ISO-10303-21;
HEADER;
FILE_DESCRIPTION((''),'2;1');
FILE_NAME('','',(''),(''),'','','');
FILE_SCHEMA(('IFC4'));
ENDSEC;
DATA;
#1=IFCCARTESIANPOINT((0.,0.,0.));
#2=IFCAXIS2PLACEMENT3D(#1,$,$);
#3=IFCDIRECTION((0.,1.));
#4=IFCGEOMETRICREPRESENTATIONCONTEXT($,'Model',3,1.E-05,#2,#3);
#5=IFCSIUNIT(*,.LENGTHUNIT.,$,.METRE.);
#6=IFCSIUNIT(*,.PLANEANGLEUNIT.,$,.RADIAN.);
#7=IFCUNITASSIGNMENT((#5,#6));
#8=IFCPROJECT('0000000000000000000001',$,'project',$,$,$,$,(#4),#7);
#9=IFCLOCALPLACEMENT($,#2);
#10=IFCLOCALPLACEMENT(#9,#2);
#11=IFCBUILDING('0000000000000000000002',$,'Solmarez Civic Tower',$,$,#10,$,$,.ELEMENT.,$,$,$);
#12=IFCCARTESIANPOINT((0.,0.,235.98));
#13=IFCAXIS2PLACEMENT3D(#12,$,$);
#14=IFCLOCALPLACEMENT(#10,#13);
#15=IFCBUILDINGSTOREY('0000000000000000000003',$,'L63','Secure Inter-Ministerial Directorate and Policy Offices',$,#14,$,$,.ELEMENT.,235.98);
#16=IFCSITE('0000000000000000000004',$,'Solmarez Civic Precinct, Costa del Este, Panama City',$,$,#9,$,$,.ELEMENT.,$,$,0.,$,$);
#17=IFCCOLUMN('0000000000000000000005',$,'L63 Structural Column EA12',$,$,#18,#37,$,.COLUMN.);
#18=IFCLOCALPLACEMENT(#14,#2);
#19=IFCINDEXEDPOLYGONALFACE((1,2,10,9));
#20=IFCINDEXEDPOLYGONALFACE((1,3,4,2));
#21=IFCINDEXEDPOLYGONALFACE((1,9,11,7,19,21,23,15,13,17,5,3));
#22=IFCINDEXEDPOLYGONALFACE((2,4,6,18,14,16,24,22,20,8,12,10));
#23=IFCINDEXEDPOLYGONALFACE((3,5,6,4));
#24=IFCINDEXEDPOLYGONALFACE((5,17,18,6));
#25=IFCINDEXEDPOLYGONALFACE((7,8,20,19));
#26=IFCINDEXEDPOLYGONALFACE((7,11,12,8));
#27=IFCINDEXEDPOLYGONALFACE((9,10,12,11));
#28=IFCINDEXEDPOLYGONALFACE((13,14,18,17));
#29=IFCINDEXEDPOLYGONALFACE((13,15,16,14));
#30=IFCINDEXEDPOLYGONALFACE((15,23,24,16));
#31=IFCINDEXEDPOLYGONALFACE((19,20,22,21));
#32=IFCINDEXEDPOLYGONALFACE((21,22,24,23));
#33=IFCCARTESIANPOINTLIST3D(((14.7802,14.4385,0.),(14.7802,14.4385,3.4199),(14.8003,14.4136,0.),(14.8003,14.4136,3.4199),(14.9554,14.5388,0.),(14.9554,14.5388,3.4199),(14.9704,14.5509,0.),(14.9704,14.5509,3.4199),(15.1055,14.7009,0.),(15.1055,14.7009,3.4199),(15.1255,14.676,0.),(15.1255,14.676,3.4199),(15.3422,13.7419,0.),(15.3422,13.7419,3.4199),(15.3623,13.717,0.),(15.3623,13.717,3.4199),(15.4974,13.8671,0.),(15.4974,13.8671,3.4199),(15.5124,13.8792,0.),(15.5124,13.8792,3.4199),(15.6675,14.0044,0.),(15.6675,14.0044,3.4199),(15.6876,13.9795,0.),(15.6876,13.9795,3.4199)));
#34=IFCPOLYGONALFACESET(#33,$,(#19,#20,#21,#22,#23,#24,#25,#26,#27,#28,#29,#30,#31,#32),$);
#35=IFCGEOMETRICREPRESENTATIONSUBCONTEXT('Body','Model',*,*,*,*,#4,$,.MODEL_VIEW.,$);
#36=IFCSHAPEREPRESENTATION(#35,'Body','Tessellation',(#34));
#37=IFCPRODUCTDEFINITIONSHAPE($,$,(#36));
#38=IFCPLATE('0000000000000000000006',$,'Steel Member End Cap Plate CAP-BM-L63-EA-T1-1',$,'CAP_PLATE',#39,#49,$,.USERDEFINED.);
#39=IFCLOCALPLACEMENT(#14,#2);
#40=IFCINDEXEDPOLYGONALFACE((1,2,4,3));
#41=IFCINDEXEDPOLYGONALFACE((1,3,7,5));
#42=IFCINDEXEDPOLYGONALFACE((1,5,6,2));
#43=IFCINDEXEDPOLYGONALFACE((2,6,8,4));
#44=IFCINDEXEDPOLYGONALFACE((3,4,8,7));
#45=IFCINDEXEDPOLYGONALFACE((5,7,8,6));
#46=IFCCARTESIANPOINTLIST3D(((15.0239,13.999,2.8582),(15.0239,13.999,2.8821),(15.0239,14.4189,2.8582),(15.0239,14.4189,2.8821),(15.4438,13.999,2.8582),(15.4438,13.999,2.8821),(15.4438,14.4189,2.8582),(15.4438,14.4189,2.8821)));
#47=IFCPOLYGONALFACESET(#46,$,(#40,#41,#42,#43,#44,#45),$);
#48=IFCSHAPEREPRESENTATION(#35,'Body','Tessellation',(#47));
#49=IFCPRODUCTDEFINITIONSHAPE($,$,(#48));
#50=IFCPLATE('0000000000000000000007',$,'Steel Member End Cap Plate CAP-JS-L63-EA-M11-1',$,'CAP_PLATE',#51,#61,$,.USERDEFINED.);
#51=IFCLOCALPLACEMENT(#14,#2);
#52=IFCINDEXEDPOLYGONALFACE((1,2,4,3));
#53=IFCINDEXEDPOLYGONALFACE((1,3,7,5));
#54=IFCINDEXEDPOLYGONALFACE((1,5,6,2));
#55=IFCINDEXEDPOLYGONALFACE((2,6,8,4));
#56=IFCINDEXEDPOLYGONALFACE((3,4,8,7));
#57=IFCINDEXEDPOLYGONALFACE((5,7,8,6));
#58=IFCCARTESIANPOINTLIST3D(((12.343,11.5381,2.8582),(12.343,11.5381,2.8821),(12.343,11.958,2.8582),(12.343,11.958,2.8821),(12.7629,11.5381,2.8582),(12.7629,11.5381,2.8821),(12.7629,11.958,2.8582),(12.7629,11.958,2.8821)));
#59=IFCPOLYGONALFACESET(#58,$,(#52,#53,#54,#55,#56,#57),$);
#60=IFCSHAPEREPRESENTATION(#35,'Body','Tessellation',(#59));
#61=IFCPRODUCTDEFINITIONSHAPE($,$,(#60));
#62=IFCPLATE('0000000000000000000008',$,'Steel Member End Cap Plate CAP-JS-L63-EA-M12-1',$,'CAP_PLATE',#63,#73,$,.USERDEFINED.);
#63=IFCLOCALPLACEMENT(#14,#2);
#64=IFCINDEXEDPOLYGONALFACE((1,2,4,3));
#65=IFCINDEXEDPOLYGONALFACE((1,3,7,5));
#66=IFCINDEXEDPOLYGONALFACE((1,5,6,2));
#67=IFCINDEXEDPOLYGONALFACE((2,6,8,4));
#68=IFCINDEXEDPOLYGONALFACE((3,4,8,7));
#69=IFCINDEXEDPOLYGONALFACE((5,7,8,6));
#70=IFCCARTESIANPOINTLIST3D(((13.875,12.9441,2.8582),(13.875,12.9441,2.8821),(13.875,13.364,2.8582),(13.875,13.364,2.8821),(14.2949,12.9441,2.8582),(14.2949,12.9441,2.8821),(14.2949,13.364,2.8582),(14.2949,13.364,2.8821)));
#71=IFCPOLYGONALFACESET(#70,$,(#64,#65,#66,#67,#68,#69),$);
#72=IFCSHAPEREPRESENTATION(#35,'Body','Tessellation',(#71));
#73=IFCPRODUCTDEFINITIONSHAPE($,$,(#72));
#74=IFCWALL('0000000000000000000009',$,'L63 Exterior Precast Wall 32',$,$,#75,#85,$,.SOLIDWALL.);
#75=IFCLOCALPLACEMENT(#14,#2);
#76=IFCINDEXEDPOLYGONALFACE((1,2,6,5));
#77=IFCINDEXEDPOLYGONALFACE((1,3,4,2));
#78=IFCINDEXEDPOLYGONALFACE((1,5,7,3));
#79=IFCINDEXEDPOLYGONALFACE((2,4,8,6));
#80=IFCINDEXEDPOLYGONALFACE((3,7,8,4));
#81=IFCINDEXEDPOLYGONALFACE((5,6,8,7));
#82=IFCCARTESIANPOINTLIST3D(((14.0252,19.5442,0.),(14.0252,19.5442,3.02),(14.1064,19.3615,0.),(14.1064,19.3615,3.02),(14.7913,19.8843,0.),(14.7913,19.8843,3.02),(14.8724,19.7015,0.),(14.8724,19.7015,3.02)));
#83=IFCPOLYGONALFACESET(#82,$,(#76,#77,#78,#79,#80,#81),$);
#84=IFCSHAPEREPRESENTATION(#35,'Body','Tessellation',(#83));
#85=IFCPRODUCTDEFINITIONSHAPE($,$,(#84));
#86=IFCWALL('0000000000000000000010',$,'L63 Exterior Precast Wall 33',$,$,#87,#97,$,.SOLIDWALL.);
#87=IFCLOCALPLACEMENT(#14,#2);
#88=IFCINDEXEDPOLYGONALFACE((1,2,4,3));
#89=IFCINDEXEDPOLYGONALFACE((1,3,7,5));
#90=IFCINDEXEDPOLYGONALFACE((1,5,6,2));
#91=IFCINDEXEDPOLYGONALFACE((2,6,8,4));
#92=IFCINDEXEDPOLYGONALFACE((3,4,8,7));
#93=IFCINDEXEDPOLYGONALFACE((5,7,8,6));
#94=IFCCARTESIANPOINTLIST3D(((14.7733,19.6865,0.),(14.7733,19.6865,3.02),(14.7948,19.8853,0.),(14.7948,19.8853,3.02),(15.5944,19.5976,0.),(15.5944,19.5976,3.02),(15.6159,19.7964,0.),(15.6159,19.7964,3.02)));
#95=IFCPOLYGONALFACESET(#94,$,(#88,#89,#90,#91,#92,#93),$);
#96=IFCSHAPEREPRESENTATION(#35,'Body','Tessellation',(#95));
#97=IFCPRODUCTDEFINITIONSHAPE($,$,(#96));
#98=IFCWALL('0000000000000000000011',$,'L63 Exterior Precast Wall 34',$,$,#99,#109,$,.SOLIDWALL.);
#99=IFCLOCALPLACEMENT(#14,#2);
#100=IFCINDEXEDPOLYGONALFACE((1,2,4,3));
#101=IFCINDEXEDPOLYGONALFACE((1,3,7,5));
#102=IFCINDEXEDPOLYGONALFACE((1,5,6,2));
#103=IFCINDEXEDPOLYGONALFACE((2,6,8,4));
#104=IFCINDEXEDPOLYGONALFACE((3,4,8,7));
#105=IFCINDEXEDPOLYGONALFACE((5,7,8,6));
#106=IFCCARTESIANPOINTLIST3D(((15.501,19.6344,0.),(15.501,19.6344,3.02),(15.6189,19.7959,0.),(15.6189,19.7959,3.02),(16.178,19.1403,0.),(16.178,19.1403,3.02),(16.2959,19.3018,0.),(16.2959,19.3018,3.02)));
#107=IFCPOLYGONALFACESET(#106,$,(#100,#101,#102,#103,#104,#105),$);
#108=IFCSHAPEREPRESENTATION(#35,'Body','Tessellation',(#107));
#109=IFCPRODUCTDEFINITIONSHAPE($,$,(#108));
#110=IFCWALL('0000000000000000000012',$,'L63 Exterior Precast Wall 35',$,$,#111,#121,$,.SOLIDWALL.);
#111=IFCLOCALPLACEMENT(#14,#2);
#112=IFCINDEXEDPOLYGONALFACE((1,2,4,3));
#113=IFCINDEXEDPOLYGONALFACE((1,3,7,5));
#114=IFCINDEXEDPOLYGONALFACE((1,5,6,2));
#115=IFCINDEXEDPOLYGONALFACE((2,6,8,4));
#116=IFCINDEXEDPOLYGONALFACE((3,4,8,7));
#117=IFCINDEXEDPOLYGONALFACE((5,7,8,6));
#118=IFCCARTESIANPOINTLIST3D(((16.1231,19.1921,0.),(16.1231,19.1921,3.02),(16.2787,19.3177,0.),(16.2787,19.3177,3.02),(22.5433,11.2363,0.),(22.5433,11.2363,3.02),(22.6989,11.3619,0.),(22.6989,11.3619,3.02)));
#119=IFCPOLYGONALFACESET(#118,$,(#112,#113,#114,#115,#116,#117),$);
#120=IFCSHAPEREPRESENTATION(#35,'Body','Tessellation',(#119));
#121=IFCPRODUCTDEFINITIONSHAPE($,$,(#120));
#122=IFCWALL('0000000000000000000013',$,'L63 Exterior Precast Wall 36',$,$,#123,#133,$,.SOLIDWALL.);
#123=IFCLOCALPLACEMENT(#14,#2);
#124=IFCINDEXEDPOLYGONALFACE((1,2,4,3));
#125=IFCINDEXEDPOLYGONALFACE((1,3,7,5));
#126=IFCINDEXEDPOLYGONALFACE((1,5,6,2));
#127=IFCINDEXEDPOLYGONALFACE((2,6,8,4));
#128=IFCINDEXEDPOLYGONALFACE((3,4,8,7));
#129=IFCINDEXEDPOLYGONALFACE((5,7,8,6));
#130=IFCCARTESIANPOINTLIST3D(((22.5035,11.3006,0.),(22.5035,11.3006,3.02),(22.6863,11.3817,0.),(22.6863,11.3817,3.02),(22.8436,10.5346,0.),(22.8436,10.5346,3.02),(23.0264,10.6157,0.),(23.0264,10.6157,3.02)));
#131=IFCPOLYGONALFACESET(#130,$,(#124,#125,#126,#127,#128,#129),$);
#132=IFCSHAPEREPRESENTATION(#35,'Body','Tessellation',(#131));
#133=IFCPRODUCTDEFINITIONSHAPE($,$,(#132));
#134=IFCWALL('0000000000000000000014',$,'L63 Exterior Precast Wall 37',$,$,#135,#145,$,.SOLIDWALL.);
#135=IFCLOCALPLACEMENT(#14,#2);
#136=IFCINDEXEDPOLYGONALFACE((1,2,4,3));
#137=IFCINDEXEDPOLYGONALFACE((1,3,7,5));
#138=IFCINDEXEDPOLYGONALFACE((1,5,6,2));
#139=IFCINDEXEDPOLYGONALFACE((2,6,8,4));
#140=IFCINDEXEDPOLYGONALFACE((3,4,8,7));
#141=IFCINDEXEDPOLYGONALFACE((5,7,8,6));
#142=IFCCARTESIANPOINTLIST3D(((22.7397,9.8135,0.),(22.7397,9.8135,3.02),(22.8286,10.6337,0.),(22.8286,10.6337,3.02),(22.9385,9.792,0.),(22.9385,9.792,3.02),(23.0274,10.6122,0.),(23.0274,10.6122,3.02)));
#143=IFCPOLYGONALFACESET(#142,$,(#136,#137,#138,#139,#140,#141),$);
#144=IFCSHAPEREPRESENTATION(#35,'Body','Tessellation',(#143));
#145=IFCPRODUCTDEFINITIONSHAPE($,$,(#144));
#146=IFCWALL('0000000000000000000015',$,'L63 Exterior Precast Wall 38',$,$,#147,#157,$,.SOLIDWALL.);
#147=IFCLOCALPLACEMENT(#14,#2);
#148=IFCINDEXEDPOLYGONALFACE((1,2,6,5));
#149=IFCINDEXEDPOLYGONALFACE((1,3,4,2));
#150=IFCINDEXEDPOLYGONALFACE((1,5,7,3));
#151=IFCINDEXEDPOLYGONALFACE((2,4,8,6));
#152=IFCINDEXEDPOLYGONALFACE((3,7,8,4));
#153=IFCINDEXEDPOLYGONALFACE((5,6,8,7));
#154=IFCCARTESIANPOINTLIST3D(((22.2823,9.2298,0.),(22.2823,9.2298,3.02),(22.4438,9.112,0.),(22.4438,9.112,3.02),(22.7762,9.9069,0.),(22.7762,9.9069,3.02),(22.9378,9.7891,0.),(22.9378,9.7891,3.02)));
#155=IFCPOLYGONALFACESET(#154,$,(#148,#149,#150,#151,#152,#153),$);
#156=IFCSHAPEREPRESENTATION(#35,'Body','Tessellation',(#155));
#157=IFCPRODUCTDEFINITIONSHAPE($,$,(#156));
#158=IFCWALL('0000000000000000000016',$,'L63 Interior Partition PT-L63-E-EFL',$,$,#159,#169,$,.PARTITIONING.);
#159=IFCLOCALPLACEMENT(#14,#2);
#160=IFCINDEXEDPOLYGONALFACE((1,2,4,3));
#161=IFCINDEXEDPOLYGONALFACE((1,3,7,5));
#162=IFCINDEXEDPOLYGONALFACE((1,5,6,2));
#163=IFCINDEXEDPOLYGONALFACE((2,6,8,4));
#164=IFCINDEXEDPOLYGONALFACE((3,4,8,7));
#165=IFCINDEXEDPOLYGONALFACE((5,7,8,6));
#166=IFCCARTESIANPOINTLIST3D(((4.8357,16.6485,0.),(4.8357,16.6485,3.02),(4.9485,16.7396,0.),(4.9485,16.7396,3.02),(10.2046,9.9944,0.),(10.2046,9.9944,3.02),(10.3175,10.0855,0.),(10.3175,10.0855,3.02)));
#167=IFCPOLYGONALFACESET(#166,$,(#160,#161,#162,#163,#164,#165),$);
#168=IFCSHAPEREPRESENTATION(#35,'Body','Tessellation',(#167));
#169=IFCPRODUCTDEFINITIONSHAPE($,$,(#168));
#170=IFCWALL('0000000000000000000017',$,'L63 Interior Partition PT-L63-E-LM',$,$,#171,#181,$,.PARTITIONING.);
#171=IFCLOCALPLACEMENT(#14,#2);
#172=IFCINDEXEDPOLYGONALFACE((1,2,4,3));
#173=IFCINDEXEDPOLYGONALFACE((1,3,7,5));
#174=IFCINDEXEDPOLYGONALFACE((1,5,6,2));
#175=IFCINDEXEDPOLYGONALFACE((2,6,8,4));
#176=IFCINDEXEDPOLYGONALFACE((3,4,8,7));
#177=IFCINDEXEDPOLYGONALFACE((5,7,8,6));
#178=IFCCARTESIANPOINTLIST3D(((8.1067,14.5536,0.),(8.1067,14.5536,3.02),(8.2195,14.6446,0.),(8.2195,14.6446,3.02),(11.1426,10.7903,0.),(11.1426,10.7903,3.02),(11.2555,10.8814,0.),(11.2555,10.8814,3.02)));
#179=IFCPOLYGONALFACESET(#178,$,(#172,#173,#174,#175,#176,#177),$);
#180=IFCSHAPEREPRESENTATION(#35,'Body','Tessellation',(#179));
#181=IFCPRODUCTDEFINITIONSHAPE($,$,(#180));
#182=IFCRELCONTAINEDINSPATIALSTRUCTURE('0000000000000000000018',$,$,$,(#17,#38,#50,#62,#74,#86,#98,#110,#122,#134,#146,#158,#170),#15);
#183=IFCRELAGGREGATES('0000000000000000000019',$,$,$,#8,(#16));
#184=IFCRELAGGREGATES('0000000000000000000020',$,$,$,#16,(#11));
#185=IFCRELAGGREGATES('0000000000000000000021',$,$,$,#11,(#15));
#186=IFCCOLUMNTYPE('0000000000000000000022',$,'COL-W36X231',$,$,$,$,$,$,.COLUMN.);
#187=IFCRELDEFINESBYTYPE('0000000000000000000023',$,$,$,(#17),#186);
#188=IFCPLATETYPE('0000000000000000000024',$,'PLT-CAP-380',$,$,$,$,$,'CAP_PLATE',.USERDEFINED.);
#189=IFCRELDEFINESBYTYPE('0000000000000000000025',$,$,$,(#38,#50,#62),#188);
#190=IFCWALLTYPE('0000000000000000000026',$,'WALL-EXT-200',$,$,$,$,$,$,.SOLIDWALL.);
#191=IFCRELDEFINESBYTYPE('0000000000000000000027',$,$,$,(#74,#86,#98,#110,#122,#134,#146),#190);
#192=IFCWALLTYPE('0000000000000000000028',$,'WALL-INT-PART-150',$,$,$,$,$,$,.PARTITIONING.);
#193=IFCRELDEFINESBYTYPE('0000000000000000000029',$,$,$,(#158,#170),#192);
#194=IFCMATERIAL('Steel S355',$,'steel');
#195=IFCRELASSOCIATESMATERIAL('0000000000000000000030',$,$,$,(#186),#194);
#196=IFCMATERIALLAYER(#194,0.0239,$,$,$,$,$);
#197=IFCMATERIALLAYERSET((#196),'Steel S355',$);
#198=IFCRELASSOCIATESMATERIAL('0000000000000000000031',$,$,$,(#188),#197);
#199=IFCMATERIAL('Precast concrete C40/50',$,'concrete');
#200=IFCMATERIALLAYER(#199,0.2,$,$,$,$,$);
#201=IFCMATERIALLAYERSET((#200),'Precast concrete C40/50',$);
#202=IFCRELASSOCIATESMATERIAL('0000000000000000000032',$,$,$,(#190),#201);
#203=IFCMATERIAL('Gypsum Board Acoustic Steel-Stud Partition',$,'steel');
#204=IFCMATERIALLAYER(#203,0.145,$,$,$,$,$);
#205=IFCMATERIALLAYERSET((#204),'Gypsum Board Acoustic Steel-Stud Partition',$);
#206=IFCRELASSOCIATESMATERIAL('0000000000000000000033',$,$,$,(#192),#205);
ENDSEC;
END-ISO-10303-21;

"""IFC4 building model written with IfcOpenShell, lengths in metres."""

from ifc_helpers import new_model, si_unit, direction, frame, frame_2d, origin, origin_2d, place, context, subcontext, project, spatial, rectangle, i_section, extrude, material, layer, layer_set, material_profile, profile_set, type_object, element, save


model = new_model("IFC4")

# Units and contexts
model_context = context("Model", 3, precision=1e-05, world=origin(), true_north=direction((0.0, 1.0)))
body_context = subcontext(model_context, "Body", "Model", "MODEL_VIEW")
ifc_project = project(units=[si_unit("LENGTHUNIT", "METRE"), si_unit("PLANEANGLEUNIT", "RADIAN")], contexts=[model_context])

# Site, building, storey
site_placement = place(None, origin())
site = spatial("IfcSite", under=ifc_project, at=site_placement, Name="Solmarez Civic Precinct, Costa del Este, Panama City", CompositionType="ELEMENT", RefElevation=0.0)
building_placement = place(site_placement, origin())
building = spatial("IfcBuilding", under=site, at=building_placement, Name="Solmarez Civic Tower", CompositionType="ELEMENT")
storey_placement = place(building_placement, frame((0.0, 0.0, 235.98)))
storey = spatial("IfcBuildingStorey", under=building, at=storey_placement, Name="L63", Description="Secure Inter-Ministerial Directorate and Policy Offices", CompositionType="ELEMENT", Elevation=235.98)

# Column
ifc_material_1 = material(Name="Steel S355", Category="steel")
ifc_material_profile = material_profile(ifc_material_1, i_section(OverallWidth=0.418, OverallDepth=0.927, WebThickness=0.0193, FlangeThickness=0.032, at=origin_2d()), Name="W36X231")
ifc_profile_set = profile_set([ifc_material_profile], Name="Steel S355")
column_type = type_object("IfcColumnType", Name="COL-W36X231", PredefinedType="COLUMN", material=ifc_profile_set)
column_placement = place(storey_placement, frame((15.2339, 14.209, 0.0), z_axis=(0.0, 0.0, 1.0), x_axis=(0.778243, 0.627963, 0.0)))
element("IfcColumn", 1, at=column_placement, inside=storey, type_object=column_type, Name="L63 Structural Column EA12", PredefinedType="COLUMN", context=body_context, shape_type="SweptSolid", body=[
    extrude(i_section(OverallWidth=0.418, OverallDepth=0.927, WebThickness=0.0193, FlangeThickness=0.032, at=origin_2d()), origin(), (0.0, 0.0, 1.0), 3.4199),
])

# Plates
ifc_layer_1 = layer(ifc_material_1, 0.0239)
ifc_layer_set_1 = layer_set([ifc_layer_1], Name="Steel S355")
plate_type = type_object("IfcPlateType", Name="PLT-CAP-380", ElementType="CAP_PLATE", PredefinedType="USERDEFINED", material=ifc_layer_set_1)
for number, where, z_axis, x_axis, name in (
    (2, (15.2339, 14.209, 2.8582), (0.0, 0.0, 1.0), (1.0, 0.0, 0.0), "Steel Member End Cap Plate CAP-BM-L63-EA-T1-1"),
    (3, (12.553, 11.748, 2.8582), (0.0, 0.0, 1.0), (1.0, 0.0, 0.0), "Steel Member End Cap Plate CAP-JS-L63-EA-M11-1"),
    (4, (14.085, 13.1541, 2.8582), (0.0, 0.0, 1.0), (1.0, 0.0, 0.0), "Steel Member End Cap Plate CAP-JS-L63-EA-M12-1"),
):
    element("IfcPlate", number, at=place(storey_placement, frame(where, z_axis=z_axis, x_axis=x_axis)), inside=storey, type_object=plate_type, Name=name, ObjectType="CAP_PLATE", PredefinedType="USERDEFINED", context=body_context, shape_type="SweptSolid", body=[
        extrude(rectangle(XDim=0.4199, YDim=0.4199, at=origin_2d()), origin(), (0.0, 0.0, 1.0), 0.0239),
    ])

# Walls
ifc_material_2 = material(Name="Precast concrete C40/50", Category="concrete")
ifc_layer_2 = layer(ifc_material_2, 0.2)
ifc_layer_set_2 = layer_set([ifc_layer_2], Name="Precast concrete C40/50")
wall_type_1 = type_object("IfcWallType", Name="WALL-EXT-200", PredefinedType="SOLIDWALL", material=ifc_layer_set_2)
wall_1_placement = place(storey_placement, frame((14.0659, 19.4529, 0.0), z_axis=(0.0, 0.0, 1.0), x_axis=(0.913992, 0.405733, 0.0)))
element("IfcWall", 5, at=wall_1_placement, inside=storey, type_object=wall_type_1, Name="L63 Exterior Precast Wall 32", PredefinedType="SOLIDWALL", context=body_context, shape_type="SweptSolid", body=[
    extrude(rectangle(XDim=0.8381, YDim=0.2, at=frame_2d((0.4189, 0.0))), origin(), (0.0, 0.0, 1.0), 3.02),
])
wall_2_placement = place(storey_placement, frame((14.7839, 19.7859, 0.0), z_axis=(0.0, 0.0, 1.0), x_axis=(0.994193, -0.107608, 0.0)))
element("IfcWall", 6, at=wall_2_placement, inside=storey, type_object=wall_type_1, Name="L63 Exterior Precast Wall 33", PredefinedType="SOLIDWALL", context=body_context, shape_type="SweptSolid", body=[
    extrude(rectangle(XDim=0.8259, YDim=0.2, at=frame_2d((0.4131, 0.0))), origin(), (0.0, 0.0, 1.0), 3.02),
])
wall_3_placement = place(storey_placement, frame((15.5601, 19.7151, 0.0), z_axis=(0.0, 0.0, 1.0), x_axis=(0.807727, -0.589556, 0.0)))
element("IfcWall", 7, at=wall_3_placement, inside=storey, type_object=wall_type_1, Name="L63 Exterior Precast Wall 34", PredefinedType="SOLIDWALL", context=body_context, shape_type="SweptSolid", body=[
    extrude(rectangle(XDim=0.8381, YDim=0.2, at=frame_2d((0.4189, 0.0))), origin(), (0.0, 0.0, 1.0), 3.02),
])
wall_4_placement = place(storey_placement, frame((16.2009, 19.2549, 0.0), z_axis=(0.0, 0.0, 1.0), x_axis=(0.628001, -0.778213, 0.0)))
element("IfcWall", 8, at=wall_4_placement, inside=storey, type_object=wall_type_1, Name="L63 Exterior Precast Wall 35", PredefinedType="SOLIDWALL", context=body_context, shape_type="SweptSolid", body=[
    extrude(rectangle(XDim=10.2231, YDim=0.2, at=frame_2d((5.1116, 0.0))), origin(), (0.0, 0.0, 1.0), 3.02),
])
wall_5_placement = place(storey_placement, frame((22.595, 11.3411, 0.0), z_axis=(0.0, 0.0, 1.0), x_axis=(0.405733, -0.913992, 0.0)))
element("IfcWall", 9, at=wall_5_placement, inside=storey, type_object=wall_type_1, Name="L63 Exterior Precast Wall 36", PredefinedType="SOLIDWALL", context=body_context, shape_type="SweptSolid", body=[
    extrude(rectangle(XDim=0.8381, YDim=0.2, at=frame_2d((0.4189, 0.0))), origin(), (0.0, 0.0, 1.0), 3.02),
])
wall_6_placement = place(storey_placement, frame((22.928, 10.623, 0.0), z_axis=(0.0, 0.0, 1.0), x_axis=(-0.107735, -0.99418, 0.0)))
element("IfcWall", 10, at=wall_6_placement, inside=storey, type_object=wall_type_1, Name="L63 Exterior Precast Wall 37", PredefinedType="SOLIDWALL", context=body_context, shape_type="SweptSolid", body=[
    extrude(rectangle(XDim=0.825, YDim=0.2, at=frame_2d((0.4126, 0.0))), origin(), (0.0, 0.0, 1.0), 3.02),
])
wall_7_placement = place(storey_placement, frame((22.8569, 9.8479, 0.0), z_axis=(0.0, 0.0, 1.0), x_axis=(-0.589366, -0.807866, 0.0)))
element("IfcWall", 11, at=wall_7_placement, inside=storey, type_object=wall_type_1, Name="L63 Exterior Precast Wall 38", PredefinedType="SOLIDWALL", context=body_context, shape_type="SweptSolid", body=[
    extrude(rectangle(XDim=0.8381, YDim=0.2, at=frame_2d((0.4189, 0.0))), origin(), (0.0, 0.0, 1.0), 3.02),
])
ifc_material_3 = material(Name="Gypsum Board Acoustic Steel-Stud Partition", Category="steel")
ifc_layer_3 = layer(ifc_material_3, 0.145)
ifc_layer_set_3 = layer_set([ifc_layer_3], Name="Gypsum Board Acoustic Steel-Stud Partition")
wall_type_2 = type_object("IfcWallType", Name="WALL-INT-PART-150", PredefinedType="PARTITIONING", material=ifc_layer_set_3)
wall_8_placement = place(storey_placement, frame((10.261, 10.04, 0.0), z_axis=(0.0, 0.0, 1.0), x_axis=(-0.627946, 0.778257, 0.0)))
element("IfcWall", 12, at=wall_8_placement, inside=storey, type_object=wall_type_2, Name="L63 Interior Partition PT-L63-E-EFL", PredefinedType="PARTITIONING", context=body_context, shape_type="SweptSolid", body=[
    extrude(rectangle(XDim=8.55, YDim=0.145, at=frame_2d((4.2749, 0.0))), origin(), (0.0, 0.0, 1.0), 3.02),
])
wall_9_placement = place(storey_placement, frame((11.199, 10.8359, 0.0), z_axis=(0.0, 0.0, 1.0), x_axis=(-0.627886, 0.778306, 0.0)))
element("IfcWall", 13, at=wall_9_placement, inside=storey, type_object=wall_type_2, Name="L63 Interior Partition PT-L63-E-LM", PredefinedType="PARTITIONING", context=body_context, shape_type="SweptSolid", body=[
    extrude(rectangle(XDim=4.8352, YDim=0.145, at=frame_2d((2.4175, 0.0))), origin(), (0.0, 0.0, 1.0), 3.02),
])

save(model, "model.ifc")
